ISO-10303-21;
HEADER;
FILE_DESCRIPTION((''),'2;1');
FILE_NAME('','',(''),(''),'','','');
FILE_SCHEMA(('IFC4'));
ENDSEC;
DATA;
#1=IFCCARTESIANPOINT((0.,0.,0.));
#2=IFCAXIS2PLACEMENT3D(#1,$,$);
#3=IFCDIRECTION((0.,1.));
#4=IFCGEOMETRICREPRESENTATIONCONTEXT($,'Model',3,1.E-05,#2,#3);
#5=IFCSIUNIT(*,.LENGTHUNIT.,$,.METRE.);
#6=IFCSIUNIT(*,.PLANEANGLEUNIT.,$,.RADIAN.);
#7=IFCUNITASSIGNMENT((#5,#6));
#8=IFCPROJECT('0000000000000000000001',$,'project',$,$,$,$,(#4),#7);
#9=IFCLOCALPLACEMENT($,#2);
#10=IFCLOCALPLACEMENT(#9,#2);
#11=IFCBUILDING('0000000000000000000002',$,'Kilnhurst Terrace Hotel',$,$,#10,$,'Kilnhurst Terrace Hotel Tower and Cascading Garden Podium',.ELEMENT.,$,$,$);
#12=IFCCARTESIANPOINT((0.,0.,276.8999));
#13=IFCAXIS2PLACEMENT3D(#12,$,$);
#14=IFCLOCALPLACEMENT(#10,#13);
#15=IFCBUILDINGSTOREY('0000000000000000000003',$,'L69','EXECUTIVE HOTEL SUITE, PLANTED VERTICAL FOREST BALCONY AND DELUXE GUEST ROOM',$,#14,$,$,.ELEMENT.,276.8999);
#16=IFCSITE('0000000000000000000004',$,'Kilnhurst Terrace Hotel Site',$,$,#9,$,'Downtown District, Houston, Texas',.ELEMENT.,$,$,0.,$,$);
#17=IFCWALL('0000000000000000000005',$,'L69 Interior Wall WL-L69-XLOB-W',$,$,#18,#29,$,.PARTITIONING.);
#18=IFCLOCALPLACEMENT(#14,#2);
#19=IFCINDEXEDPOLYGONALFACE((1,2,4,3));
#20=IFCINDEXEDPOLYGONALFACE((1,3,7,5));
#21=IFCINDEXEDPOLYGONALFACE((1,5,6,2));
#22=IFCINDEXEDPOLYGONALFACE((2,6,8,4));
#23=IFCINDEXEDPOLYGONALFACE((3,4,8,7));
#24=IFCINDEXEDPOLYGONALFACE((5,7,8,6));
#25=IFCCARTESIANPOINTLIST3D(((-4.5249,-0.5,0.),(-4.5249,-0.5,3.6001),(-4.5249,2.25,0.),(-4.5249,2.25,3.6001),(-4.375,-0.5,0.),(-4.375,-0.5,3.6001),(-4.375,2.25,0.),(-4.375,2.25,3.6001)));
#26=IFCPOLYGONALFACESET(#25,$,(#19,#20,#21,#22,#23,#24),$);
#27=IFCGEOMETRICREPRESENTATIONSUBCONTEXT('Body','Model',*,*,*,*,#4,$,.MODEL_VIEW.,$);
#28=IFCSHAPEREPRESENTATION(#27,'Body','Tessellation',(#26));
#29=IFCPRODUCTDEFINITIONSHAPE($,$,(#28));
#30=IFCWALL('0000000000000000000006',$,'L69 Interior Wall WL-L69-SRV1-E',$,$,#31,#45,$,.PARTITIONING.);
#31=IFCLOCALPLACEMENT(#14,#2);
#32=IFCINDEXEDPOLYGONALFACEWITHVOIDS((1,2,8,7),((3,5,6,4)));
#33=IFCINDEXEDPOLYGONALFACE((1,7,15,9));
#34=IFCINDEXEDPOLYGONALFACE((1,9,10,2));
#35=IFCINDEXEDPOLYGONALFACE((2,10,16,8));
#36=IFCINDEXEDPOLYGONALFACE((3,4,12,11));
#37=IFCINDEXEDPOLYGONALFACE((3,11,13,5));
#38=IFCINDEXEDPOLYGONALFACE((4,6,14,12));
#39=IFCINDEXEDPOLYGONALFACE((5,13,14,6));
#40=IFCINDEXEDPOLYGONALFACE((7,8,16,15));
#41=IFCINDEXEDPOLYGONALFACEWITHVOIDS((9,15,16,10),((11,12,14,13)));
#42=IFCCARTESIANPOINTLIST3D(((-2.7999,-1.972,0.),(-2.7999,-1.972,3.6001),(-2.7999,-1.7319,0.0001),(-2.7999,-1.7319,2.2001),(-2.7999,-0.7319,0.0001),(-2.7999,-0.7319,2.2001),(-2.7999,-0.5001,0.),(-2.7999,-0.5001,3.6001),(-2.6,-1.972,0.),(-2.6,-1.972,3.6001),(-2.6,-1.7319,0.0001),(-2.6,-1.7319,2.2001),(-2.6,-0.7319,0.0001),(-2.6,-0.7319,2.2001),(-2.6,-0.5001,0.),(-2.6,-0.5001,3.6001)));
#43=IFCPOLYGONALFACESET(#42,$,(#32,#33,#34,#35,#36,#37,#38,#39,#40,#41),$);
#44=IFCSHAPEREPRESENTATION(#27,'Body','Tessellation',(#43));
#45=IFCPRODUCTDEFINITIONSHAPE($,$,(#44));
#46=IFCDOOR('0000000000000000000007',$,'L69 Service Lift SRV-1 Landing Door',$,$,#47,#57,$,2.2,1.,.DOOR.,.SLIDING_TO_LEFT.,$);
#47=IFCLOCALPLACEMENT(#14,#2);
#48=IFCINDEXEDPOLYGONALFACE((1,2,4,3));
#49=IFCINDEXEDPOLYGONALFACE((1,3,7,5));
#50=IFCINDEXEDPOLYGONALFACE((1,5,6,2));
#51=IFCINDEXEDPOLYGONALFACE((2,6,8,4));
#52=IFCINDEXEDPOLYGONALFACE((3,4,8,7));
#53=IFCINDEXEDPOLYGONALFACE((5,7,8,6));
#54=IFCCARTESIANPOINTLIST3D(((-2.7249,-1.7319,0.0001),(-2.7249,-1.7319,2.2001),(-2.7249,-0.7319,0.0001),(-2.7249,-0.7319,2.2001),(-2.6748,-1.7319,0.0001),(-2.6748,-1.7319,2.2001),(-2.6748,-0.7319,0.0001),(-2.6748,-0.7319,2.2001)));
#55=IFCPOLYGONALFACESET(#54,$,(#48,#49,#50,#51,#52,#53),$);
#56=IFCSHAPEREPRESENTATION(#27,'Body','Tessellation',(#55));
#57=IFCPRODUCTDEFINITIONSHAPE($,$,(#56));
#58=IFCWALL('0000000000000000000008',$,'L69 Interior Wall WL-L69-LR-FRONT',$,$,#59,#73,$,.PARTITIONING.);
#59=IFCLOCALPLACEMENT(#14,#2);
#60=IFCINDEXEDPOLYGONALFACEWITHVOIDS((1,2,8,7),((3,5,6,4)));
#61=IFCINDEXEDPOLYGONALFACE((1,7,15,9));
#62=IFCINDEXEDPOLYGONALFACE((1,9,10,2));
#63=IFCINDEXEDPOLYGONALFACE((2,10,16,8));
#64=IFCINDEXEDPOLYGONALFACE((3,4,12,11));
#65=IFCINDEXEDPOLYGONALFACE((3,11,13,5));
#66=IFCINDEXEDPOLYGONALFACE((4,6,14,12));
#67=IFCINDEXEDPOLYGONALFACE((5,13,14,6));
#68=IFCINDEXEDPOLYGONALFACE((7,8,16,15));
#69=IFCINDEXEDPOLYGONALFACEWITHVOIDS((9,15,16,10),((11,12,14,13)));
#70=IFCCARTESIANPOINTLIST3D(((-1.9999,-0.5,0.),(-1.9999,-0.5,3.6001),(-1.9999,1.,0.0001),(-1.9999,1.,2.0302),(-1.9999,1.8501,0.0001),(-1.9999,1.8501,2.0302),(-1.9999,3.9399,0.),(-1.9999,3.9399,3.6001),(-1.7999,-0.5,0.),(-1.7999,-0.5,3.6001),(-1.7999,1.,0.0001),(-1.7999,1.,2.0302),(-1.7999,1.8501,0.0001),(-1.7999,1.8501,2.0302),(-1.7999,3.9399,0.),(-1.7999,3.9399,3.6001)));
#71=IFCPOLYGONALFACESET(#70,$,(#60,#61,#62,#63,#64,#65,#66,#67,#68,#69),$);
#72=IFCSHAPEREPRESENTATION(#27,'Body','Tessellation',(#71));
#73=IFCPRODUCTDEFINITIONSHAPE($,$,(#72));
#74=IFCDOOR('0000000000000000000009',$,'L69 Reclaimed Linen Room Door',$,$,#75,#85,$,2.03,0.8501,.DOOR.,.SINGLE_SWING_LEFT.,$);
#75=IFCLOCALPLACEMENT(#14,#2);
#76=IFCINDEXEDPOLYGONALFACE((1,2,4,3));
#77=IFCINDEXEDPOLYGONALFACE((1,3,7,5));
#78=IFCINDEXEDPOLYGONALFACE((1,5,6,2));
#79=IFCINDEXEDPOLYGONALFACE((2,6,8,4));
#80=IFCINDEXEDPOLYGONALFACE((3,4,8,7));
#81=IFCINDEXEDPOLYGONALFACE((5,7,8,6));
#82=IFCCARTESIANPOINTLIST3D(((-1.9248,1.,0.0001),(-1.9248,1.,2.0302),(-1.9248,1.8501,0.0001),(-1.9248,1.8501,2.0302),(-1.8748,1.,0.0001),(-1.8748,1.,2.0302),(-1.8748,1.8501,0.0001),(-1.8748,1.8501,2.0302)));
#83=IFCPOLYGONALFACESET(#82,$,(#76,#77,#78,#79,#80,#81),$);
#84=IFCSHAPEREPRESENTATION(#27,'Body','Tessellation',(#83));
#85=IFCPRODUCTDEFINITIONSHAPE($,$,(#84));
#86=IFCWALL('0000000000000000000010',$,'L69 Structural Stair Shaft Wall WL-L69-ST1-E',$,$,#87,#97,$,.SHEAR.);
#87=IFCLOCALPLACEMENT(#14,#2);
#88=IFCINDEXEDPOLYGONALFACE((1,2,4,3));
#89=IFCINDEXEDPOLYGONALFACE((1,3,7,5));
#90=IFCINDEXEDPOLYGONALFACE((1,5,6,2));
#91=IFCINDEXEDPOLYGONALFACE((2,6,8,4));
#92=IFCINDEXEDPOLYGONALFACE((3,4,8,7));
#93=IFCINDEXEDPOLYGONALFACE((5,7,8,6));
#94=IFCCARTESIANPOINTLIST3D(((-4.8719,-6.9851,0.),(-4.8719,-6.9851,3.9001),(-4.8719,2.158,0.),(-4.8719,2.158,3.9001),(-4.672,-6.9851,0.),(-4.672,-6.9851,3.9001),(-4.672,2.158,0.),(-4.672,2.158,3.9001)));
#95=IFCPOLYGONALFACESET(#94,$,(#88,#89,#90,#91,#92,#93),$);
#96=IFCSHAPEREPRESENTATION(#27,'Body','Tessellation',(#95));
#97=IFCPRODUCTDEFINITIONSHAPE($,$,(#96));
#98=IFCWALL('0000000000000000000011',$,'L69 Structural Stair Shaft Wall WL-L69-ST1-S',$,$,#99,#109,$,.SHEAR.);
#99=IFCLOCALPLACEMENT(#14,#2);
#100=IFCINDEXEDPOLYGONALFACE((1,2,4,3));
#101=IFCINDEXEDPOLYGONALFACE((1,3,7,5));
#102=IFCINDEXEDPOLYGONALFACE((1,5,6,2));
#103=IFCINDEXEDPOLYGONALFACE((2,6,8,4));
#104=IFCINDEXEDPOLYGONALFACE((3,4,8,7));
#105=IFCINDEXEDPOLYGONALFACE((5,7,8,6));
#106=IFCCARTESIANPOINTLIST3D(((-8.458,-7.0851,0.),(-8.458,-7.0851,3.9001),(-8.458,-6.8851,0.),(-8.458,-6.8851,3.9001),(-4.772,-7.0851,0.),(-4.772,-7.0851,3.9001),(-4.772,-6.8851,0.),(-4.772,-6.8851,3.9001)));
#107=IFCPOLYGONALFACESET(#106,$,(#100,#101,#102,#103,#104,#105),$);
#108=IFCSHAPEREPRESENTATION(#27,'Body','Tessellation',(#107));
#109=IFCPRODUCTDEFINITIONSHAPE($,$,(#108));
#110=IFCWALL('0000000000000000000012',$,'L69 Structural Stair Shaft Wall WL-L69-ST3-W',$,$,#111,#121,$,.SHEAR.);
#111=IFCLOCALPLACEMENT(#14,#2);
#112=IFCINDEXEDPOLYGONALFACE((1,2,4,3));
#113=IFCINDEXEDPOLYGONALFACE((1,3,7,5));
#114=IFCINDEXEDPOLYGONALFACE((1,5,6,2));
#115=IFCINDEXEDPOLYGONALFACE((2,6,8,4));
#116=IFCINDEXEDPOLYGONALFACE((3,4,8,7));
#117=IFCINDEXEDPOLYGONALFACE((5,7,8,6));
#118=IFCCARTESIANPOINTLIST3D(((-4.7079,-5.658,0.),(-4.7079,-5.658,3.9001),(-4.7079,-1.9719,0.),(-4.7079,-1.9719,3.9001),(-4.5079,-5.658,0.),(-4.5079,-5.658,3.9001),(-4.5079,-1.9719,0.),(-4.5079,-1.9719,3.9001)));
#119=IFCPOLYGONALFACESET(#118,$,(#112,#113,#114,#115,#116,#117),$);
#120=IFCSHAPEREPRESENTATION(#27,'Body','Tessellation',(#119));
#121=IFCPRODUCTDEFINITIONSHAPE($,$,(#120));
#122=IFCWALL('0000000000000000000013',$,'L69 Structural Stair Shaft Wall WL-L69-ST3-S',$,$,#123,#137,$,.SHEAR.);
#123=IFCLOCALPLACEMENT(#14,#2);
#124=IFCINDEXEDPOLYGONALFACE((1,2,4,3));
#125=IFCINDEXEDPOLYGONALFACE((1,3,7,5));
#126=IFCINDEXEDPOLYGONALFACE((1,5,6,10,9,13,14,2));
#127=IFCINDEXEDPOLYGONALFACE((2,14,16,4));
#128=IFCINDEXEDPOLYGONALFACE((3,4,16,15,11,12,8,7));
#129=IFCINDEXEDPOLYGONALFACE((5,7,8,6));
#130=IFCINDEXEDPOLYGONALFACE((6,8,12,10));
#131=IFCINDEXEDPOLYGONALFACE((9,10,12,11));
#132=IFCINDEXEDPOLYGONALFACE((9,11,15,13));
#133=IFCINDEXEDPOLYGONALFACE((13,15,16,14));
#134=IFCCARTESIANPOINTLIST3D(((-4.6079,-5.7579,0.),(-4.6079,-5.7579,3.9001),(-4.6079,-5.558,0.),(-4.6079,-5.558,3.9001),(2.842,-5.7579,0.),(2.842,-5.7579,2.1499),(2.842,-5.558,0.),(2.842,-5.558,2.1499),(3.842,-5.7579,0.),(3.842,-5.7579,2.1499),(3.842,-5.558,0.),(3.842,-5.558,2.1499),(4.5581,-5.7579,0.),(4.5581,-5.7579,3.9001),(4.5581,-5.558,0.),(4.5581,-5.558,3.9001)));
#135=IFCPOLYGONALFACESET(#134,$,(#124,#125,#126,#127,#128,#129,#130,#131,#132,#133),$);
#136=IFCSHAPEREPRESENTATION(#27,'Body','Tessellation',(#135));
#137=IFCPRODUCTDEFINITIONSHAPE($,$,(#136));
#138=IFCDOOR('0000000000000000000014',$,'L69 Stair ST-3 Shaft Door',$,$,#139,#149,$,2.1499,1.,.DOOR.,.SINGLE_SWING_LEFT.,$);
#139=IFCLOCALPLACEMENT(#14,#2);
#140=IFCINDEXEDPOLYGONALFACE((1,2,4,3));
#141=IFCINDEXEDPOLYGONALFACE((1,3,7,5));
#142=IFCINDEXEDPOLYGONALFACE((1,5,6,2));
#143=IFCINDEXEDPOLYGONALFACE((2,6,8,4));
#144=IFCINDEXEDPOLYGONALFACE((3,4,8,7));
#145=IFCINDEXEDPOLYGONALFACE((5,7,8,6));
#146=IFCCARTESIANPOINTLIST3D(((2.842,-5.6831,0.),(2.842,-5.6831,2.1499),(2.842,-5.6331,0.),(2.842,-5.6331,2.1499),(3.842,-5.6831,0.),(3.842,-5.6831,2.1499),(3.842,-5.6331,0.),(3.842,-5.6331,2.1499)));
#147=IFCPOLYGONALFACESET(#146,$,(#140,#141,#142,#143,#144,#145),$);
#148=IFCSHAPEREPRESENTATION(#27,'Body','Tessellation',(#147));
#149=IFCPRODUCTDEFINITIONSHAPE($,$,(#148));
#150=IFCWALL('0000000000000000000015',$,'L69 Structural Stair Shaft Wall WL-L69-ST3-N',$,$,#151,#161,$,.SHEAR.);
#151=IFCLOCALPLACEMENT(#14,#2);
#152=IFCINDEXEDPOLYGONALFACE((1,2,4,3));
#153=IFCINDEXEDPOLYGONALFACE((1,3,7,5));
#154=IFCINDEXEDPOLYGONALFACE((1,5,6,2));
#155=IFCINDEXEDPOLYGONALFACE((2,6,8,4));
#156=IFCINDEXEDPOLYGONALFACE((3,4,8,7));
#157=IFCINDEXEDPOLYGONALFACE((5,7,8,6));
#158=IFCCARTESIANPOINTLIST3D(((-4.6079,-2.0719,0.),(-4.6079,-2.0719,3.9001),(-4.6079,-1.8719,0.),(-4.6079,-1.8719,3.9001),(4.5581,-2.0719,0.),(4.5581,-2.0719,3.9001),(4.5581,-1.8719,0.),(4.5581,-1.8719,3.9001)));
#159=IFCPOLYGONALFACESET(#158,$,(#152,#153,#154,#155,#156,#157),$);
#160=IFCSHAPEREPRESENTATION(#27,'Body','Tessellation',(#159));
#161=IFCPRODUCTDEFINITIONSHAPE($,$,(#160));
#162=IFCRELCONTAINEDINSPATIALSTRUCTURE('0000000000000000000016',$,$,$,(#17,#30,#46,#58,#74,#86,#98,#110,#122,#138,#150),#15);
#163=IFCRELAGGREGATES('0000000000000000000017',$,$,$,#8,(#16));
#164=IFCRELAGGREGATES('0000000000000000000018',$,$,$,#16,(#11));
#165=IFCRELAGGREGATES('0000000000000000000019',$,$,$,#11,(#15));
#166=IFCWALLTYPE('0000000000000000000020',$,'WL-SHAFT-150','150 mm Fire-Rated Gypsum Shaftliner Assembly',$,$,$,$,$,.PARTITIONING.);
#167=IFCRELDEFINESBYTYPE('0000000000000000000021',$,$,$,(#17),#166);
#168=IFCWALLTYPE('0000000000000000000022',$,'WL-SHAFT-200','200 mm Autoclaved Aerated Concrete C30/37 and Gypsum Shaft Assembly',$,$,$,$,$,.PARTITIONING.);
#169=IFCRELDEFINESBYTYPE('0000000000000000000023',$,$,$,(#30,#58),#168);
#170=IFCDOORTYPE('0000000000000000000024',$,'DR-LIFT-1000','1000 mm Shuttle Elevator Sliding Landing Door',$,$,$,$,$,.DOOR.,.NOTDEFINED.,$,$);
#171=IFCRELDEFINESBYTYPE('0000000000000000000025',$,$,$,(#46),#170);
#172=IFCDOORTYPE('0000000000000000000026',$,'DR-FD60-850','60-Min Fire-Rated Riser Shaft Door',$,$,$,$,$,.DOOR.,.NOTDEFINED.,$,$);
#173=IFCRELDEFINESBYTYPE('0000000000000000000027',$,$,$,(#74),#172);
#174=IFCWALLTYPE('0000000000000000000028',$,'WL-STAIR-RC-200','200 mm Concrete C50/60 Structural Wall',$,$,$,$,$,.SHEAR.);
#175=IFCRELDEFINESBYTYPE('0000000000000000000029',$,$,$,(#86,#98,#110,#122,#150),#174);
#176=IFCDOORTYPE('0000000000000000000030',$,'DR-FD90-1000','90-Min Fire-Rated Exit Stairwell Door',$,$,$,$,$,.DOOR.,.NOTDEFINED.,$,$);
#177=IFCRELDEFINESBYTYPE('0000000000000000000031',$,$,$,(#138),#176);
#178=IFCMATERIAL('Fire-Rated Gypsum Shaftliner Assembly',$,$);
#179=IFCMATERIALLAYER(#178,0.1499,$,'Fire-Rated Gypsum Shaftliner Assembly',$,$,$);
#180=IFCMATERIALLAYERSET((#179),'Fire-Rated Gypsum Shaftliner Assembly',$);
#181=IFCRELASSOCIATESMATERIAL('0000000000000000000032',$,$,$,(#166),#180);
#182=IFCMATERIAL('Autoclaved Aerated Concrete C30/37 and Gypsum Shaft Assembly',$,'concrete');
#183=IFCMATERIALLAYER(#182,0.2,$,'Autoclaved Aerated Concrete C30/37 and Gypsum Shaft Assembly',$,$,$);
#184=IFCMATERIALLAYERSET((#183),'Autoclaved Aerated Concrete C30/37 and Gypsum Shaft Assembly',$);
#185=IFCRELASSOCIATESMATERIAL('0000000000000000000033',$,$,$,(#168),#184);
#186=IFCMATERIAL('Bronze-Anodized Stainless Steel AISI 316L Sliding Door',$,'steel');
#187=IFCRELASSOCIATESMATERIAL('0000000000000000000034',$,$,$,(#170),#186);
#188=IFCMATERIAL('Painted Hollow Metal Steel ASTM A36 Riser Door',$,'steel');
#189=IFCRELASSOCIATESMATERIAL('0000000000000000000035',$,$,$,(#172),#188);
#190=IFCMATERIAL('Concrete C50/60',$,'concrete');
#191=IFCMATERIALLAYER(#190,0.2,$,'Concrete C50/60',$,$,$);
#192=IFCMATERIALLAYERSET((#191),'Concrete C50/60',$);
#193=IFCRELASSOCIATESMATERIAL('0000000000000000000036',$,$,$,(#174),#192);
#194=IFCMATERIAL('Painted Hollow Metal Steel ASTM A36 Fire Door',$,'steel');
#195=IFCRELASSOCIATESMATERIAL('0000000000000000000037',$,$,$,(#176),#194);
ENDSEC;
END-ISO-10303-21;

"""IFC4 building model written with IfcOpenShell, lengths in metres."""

from ifc_helpers import new_model, si_unit, direction, frame, frame_2d, origin, place, context, subcontext, project, spatial, rectangle, extrude, material, layer, layer_set, type_object, element, fill, save


model = new_model("IFC4")

# Units and contexts
model_context = context("Model", 3, precision=1e-05, world=origin(), true_north=direction((0.0, 1.0)))
body_context = subcontext(model_context, "Body", "Model", "MODEL_VIEW")
ifc_project = project(units=[si_unit("LENGTHUNIT", "METRE"), si_unit("PLANEANGLEUNIT", "RADIAN")], contexts=[model_context])

# Site, building, storey
site_placement = place(None, origin())
site = spatial("IfcSite", under=ifc_project, at=site_placement, Name="Kilnhurst Terrace Hotel Site", LongName="Downtown District, Houston, Texas", CompositionType="ELEMENT", RefElevation=0.0)
building_placement = place(site_placement, origin())
building = spatial("IfcBuilding", under=site, at=building_placement, Name="Kilnhurst Terrace Hotel", LongName="Kilnhurst Terrace Hotel Tower and Cascading Garden Podium", CompositionType="ELEMENT")
storey_placement = place(building_placement, frame((0.0, 0.0, 276.8999)))
storey = spatial("IfcBuildingStorey", under=building, at=storey_placement, Name="L69", Description="EXECUTIVE HOTEL SUITE, PLANTED VERTICAL FOREST BALCONY AND DELUXE GUEST ROOM", CompositionType="ELEMENT", Elevation=276.8999)

# Wall
ifc_material_1 = material(Name="Fire-Rated Gypsum Shaftliner Assembly")
ifc_layer_1 = layer(ifc_material_1, 0.1499, Name="Fire-Rated Gypsum Shaftliner Assembly")
ifc_layer_set_1 = layer_set([ifc_layer_1], Name="Fire-Rated Gypsum Shaftliner Assembly")
wall_type_1 = type_object("IfcWallType", Name="WL-SHAFT-150", Description="150 mm Fire-Rated Gypsum Shaftliner Assembly", PredefinedType="PARTITIONING", material=ifc_layer_set_1)
wall_1_placement = place(storey_placement, frame((-4.45, -0.5, 0.0), z_axis=(0.0, 0.0, 1.0), x_axis=(0.0, 1.0, 0.0)))
element("IfcWall", 1, at=wall_1_placement, inside=storey, type_object=wall_type_1, Name="L69 Interior Wall WL-L69-XLOB-W", PredefinedType="PARTITIONING", context=body_context, shape_type="SweptSolid", body=[
    extrude(rectangle(XDim=2.75, YDim=0.1499, at=frame_2d((1.375, 0.0))), origin(), (0.0, 0.0, 1.0), 3.6001),
])

# Walls, openings, doors
ifc_material_2 = material(Name="Autoclaved Aerated Concrete C30/37 and Gypsum Shaft Assembly", Category="concrete")
ifc_layer_2 = layer(ifc_material_2, 0.2, Name="Autoclaved Aerated Concrete C30/37 and Gypsum Shaft Assembly")
ifc_layer_set_2 = layer_set([ifc_layer_2], Name="Autoclaved Aerated Concrete C30/37 and Gypsum Shaft Assembly")
wall_type_2 = type_object("IfcWallType", Name="WL-SHAFT-200", Description="200 mm Autoclaved Aerated Concrete C30/37 and Gypsum Shaft Assembly", PredefinedType="PARTITIONING", material=ifc_layer_set_2)
wall_2_placement = place(storey_placement, frame((-2.7, -1.9719, 0.0), z_axis=(0.0, 0.0, 1.0), x_axis=(0.0, 1.0, 0.0)))
wall_2 = element("IfcWall", 2, at=wall_2_placement, inside=storey, type_object=wall_type_2, Name="L69 Interior Wall WL-L69-SRV1-E", PredefinedType="PARTITIONING", context=body_context, shape_type="SweptSolid", body=[
    extrude(rectangle(XDim=1.4719, YDim=0.2, at=frame_2d((0.7358, 0.0))), origin(), (0.0, 0.0, 1.0), 3.6001),
])
opening_1_placement = place(wall_2_placement, frame((0.24, 0.0, 0.0)))
opening_1 = element("IfcOpeningElement", 3, at=opening_1_placement, cuts=wall_2, PredefinedType="OPENING", context=body_context, shape_type="SweptSolid", body=[
    extrude(rectangle(XDim=1.0, YDim=2.2, at=frame_2d((0.5, 1.1001))), frame((0.0, 0.1099, 0.0), z_axis=(0.0, -1.0, 0.0), x_axis=(1.0, 0.0, 0.0)), (0.0, 0.0, 1.0), 0.22),
])
ifc_material_3 = material(Name="Bronze-Anodized Stainless Steel AISI 316L Sliding Door", Category="steel")
door_type_1 = type_object("IfcDoorType", Name="DR-LIFT-1000", Description="1000 mm Shuttle Elevator Sliding Landing Door", OperationType="NOTDEFINED", PredefinedType="DOOR", material=ifc_material_3)
door_1_placement = place(opening_1_placement, origin())
door_1 = element("IfcDoor", 4, at=door_1_placement, inside=storey, type_object=door_type_1, Name="L69 Service Lift SRV-1 Landing Door", OperationType="SLIDING_TO_LEFT", OverallHeight=2.2, OverallWidth=1.0, PredefinedType="DOOR", context=body_context, shape_type="SweptSolid", body=[
    extrude(rectangle(XDim=1.0, YDim=2.2, at=frame_2d((0.5, 1.1001))), frame((0.0, 0.0249, 0.0), z_axis=(0.0, -1.0, 0.0), x_axis=(1.0, 0.0, 0.0)), (0.0, 0.0, 1.0), 0.05),
])
fill(opening_1, door_1)
wall_3_placement = place(storey_placement, frame((-1.8999, -0.5, 0.0), z_axis=(0.0, 0.0, 1.0), x_axis=(0.0, 1.0, 0.0)))
wall_3 = element("IfcWall", 5, at=wall_3_placement, inside=storey, type_object=wall_type_2, Name="L69 Interior Wall WL-L69-LR-FRONT", PredefinedType="PARTITIONING", context=body_context, shape_type="SweptSolid", body=[
    extrude(rectangle(XDim=4.4399, YDim=0.2, at=frame_2d((2.22, 0.0))), origin(), (0.0, 0.0, 1.0), 3.6001),
])
opening_2_placement = place(wall_3_placement, frame((1.5, 0.0, 0.0)))
opening_2 = element("IfcOpeningElement", 6, at=opening_2_placement, cuts=wall_3, PredefinedType="OPENING", context=body_context, shape_type="SweptSolid", body=[
    extrude(rectangle(XDim=0.8501, YDim=2.03, at=frame_2d((0.425, 1.0151))), frame((0.0, 0.1099, 0.0), z_axis=(0.0, -1.0, 0.0), x_axis=(1.0, 0.0, 0.0)), (0.0, 0.0, 1.0), 0.22),
])
ifc_material_4 = material(Name="Painted Hollow Metal Steel ASTM A36 Riser Door", Category="steel")
door_type_2 = type_object("IfcDoorType", Name="DR-FD60-850", Description="60-Min Fire-Rated Riser Shaft Door", OperationType="NOTDEFINED", PredefinedType="DOOR", material=ifc_material_4)
door_2_placement = place(opening_2_placement, origin())
door_2 = element("IfcDoor", 7, at=door_2_placement, inside=storey, type_object=door_type_2, Name="L69 Reclaimed Linen Room Door", OperationType="SINGLE_SWING_LEFT", OverallHeight=2.03, OverallWidth=0.8501, PredefinedType="DOOR", context=body_context, shape_type="SweptSolid", body=[
    extrude(rectangle(XDim=0.8501, YDim=2.03, at=frame_2d((0.425, 1.0151))), frame((0.0, 0.0249, 0.0), z_axis=(0.0, -1.0, 0.0), x_axis=(1.0, 0.0, 0.0)), (0.0, 0.0, 1.0), 0.05),
])
fill(opening_2, door_2)

# Walls
ifc_material_5 = material(Name="Concrete C50/60", Category="concrete")
ifc_layer_3 = layer(ifc_material_5, 0.2, Name="Concrete C50/60")
ifc_layer_set_3 = layer_set([ifc_layer_3], Name="Concrete C50/60")
wall_type_3 = type_object("IfcWallType", Name="WL-STAIR-RC-200", Description="200 mm Concrete C50/60 Structural Wall", PredefinedType="SHEAR", material=ifc_layer_set_3)
wall_4_placement = place(storey_placement, frame((-4.772, -6.9851, 0.0), z_axis=(0.0, 0.0, 1.0), x_axis=(0.0, 1.0, 0.0)))
element("IfcWall", 8, at=wall_4_placement, inside=storey, type_object=wall_type_3, Name="L69 Structural Stair Shaft Wall WL-L69-ST1-E", PredefinedType="SHEAR", context=body_context, shape_type="SweptSolid", body=[
    extrude(rectangle(XDim=9.1431, YDim=0.2, at=frame_2d((4.5715, 0.0))), origin(), (0.0, 0.0, 1.0), 3.9001),
])
for number, where, z_axis, x_axis, name in (
    (9, (-8.458, -6.9851, 0.0), (0.0, 0.0, 1.0), (1.0, 0.0, 0.0), "L69 Structural Stair Shaft Wall WL-L69-ST1-S"),
    (10, (-4.6079, -5.658, 0.0), (0.0, 0.0, 1.0), (0.0, 1.0, 0.0), "L69 Structural Stair Shaft Wall WL-L69-ST3-W"),
):
    element("IfcWall", number, at=place(storey_placement, frame(where, z_axis=z_axis, x_axis=x_axis)), inside=storey, type_object=wall_type_3, Name=name, PredefinedType="SHEAR", context=body_context, shape_type="SweptSolid", body=[
        extrude(rectangle(XDim=3.686, YDim=0.2, at=frame_2d((1.843, 0.0))), origin(), (0.0, 0.0, 1.0), 3.9001),
    ])

# Wall, opening, door
wall_5_placement = place(storey_placement, frame((-4.6079, -5.658, 0.0), z_axis=(0.0, 0.0, 1.0), x_axis=(1.0, 0.0, 0.0)))
wall_5 = element("IfcWall", 11, at=wall_5_placement, inside=storey, type_object=wall_type_3, Name="L69 Structural Stair Shaft Wall WL-L69-ST3-S", PredefinedType="SHEAR", context=body_context, shape_type="SweptSolid", body=[
    extrude(rectangle(XDim=9.166, YDim=0.2, at=frame_2d((4.583, 0.0))), origin(), (0.0, 0.0, 1.0), 3.9001),
])
opening_3_placement = place(wall_5_placement, frame((7.45, 0.0, 0.0)))
opening_3 = element("IfcOpeningElement", 12, at=opening_3_placement, cuts=wall_5, PredefinedType="OPENING", context=body_context, shape_type="SweptSolid", body=[
    extrude(rectangle(XDim=1.0, YDim=2.1499, at=frame_2d((0.5, 1.075))), frame((0.0, 0.1099, 0.0), z_axis=(0.0, -1.0, 0.0), x_axis=(1.0, 0.0, 0.0)), (0.0, 0.0, 1.0), 0.22),
])
ifc_material_6 = material(Name="Painted Hollow Metal Steel ASTM A36 Fire Door", Category="steel")
door_type_3 = type_object("IfcDoorType", Name="DR-FD90-1000", Description="90-Min Fire-Rated Exit Stairwell Door", OperationType="NOTDEFINED", PredefinedType="DOOR", material=ifc_material_6)
door_3_placement = place(opening_3_placement, origin())
door_3 = element("IfcDoor", 13, at=door_3_placement, inside=storey, type_object=door_type_3, Name="L69 Stair ST-3 Shaft Door", OperationType="SINGLE_SWING_LEFT", OverallHeight=2.1499, OverallWidth=1.0, PredefinedType="DOOR", context=body_context, shape_type="SweptSolid", body=[
    extrude(rectangle(XDim=1.0, YDim=2.1499, at=frame_2d((0.5, 1.075))), frame((0.0, 0.0249, 0.0), z_axis=(0.0, -1.0, 0.0), x_axis=(1.0, 0.0, 0.0)), (0.0, 0.0, 1.0), 0.05),
])
fill(opening_3, door_3)

# Wall
wall_6_placement = place(storey_placement, frame((-4.6079, -1.9719, 0.0), z_axis=(0.0, 0.0, 1.0), x_axis=(1.0, 0.0, 0.0)))
element("IfcWall", 14, at=wall_6_placement, inside=storey, type_object=wall_type_3, Name="L69 Structural Stair Shaft Wall WL-L69-ST3-N", PredefinedType="SHEAR", context=body_context, shape_type="SweptSolid", body=[
    extrude(rectangle(XDim=9.166, YDim=0.2, at=frame_2d((4.583, 0.0))), origin(), (0.0, 0.0, 1.0), 3.9001),
])

save(model, "model.ifc")
